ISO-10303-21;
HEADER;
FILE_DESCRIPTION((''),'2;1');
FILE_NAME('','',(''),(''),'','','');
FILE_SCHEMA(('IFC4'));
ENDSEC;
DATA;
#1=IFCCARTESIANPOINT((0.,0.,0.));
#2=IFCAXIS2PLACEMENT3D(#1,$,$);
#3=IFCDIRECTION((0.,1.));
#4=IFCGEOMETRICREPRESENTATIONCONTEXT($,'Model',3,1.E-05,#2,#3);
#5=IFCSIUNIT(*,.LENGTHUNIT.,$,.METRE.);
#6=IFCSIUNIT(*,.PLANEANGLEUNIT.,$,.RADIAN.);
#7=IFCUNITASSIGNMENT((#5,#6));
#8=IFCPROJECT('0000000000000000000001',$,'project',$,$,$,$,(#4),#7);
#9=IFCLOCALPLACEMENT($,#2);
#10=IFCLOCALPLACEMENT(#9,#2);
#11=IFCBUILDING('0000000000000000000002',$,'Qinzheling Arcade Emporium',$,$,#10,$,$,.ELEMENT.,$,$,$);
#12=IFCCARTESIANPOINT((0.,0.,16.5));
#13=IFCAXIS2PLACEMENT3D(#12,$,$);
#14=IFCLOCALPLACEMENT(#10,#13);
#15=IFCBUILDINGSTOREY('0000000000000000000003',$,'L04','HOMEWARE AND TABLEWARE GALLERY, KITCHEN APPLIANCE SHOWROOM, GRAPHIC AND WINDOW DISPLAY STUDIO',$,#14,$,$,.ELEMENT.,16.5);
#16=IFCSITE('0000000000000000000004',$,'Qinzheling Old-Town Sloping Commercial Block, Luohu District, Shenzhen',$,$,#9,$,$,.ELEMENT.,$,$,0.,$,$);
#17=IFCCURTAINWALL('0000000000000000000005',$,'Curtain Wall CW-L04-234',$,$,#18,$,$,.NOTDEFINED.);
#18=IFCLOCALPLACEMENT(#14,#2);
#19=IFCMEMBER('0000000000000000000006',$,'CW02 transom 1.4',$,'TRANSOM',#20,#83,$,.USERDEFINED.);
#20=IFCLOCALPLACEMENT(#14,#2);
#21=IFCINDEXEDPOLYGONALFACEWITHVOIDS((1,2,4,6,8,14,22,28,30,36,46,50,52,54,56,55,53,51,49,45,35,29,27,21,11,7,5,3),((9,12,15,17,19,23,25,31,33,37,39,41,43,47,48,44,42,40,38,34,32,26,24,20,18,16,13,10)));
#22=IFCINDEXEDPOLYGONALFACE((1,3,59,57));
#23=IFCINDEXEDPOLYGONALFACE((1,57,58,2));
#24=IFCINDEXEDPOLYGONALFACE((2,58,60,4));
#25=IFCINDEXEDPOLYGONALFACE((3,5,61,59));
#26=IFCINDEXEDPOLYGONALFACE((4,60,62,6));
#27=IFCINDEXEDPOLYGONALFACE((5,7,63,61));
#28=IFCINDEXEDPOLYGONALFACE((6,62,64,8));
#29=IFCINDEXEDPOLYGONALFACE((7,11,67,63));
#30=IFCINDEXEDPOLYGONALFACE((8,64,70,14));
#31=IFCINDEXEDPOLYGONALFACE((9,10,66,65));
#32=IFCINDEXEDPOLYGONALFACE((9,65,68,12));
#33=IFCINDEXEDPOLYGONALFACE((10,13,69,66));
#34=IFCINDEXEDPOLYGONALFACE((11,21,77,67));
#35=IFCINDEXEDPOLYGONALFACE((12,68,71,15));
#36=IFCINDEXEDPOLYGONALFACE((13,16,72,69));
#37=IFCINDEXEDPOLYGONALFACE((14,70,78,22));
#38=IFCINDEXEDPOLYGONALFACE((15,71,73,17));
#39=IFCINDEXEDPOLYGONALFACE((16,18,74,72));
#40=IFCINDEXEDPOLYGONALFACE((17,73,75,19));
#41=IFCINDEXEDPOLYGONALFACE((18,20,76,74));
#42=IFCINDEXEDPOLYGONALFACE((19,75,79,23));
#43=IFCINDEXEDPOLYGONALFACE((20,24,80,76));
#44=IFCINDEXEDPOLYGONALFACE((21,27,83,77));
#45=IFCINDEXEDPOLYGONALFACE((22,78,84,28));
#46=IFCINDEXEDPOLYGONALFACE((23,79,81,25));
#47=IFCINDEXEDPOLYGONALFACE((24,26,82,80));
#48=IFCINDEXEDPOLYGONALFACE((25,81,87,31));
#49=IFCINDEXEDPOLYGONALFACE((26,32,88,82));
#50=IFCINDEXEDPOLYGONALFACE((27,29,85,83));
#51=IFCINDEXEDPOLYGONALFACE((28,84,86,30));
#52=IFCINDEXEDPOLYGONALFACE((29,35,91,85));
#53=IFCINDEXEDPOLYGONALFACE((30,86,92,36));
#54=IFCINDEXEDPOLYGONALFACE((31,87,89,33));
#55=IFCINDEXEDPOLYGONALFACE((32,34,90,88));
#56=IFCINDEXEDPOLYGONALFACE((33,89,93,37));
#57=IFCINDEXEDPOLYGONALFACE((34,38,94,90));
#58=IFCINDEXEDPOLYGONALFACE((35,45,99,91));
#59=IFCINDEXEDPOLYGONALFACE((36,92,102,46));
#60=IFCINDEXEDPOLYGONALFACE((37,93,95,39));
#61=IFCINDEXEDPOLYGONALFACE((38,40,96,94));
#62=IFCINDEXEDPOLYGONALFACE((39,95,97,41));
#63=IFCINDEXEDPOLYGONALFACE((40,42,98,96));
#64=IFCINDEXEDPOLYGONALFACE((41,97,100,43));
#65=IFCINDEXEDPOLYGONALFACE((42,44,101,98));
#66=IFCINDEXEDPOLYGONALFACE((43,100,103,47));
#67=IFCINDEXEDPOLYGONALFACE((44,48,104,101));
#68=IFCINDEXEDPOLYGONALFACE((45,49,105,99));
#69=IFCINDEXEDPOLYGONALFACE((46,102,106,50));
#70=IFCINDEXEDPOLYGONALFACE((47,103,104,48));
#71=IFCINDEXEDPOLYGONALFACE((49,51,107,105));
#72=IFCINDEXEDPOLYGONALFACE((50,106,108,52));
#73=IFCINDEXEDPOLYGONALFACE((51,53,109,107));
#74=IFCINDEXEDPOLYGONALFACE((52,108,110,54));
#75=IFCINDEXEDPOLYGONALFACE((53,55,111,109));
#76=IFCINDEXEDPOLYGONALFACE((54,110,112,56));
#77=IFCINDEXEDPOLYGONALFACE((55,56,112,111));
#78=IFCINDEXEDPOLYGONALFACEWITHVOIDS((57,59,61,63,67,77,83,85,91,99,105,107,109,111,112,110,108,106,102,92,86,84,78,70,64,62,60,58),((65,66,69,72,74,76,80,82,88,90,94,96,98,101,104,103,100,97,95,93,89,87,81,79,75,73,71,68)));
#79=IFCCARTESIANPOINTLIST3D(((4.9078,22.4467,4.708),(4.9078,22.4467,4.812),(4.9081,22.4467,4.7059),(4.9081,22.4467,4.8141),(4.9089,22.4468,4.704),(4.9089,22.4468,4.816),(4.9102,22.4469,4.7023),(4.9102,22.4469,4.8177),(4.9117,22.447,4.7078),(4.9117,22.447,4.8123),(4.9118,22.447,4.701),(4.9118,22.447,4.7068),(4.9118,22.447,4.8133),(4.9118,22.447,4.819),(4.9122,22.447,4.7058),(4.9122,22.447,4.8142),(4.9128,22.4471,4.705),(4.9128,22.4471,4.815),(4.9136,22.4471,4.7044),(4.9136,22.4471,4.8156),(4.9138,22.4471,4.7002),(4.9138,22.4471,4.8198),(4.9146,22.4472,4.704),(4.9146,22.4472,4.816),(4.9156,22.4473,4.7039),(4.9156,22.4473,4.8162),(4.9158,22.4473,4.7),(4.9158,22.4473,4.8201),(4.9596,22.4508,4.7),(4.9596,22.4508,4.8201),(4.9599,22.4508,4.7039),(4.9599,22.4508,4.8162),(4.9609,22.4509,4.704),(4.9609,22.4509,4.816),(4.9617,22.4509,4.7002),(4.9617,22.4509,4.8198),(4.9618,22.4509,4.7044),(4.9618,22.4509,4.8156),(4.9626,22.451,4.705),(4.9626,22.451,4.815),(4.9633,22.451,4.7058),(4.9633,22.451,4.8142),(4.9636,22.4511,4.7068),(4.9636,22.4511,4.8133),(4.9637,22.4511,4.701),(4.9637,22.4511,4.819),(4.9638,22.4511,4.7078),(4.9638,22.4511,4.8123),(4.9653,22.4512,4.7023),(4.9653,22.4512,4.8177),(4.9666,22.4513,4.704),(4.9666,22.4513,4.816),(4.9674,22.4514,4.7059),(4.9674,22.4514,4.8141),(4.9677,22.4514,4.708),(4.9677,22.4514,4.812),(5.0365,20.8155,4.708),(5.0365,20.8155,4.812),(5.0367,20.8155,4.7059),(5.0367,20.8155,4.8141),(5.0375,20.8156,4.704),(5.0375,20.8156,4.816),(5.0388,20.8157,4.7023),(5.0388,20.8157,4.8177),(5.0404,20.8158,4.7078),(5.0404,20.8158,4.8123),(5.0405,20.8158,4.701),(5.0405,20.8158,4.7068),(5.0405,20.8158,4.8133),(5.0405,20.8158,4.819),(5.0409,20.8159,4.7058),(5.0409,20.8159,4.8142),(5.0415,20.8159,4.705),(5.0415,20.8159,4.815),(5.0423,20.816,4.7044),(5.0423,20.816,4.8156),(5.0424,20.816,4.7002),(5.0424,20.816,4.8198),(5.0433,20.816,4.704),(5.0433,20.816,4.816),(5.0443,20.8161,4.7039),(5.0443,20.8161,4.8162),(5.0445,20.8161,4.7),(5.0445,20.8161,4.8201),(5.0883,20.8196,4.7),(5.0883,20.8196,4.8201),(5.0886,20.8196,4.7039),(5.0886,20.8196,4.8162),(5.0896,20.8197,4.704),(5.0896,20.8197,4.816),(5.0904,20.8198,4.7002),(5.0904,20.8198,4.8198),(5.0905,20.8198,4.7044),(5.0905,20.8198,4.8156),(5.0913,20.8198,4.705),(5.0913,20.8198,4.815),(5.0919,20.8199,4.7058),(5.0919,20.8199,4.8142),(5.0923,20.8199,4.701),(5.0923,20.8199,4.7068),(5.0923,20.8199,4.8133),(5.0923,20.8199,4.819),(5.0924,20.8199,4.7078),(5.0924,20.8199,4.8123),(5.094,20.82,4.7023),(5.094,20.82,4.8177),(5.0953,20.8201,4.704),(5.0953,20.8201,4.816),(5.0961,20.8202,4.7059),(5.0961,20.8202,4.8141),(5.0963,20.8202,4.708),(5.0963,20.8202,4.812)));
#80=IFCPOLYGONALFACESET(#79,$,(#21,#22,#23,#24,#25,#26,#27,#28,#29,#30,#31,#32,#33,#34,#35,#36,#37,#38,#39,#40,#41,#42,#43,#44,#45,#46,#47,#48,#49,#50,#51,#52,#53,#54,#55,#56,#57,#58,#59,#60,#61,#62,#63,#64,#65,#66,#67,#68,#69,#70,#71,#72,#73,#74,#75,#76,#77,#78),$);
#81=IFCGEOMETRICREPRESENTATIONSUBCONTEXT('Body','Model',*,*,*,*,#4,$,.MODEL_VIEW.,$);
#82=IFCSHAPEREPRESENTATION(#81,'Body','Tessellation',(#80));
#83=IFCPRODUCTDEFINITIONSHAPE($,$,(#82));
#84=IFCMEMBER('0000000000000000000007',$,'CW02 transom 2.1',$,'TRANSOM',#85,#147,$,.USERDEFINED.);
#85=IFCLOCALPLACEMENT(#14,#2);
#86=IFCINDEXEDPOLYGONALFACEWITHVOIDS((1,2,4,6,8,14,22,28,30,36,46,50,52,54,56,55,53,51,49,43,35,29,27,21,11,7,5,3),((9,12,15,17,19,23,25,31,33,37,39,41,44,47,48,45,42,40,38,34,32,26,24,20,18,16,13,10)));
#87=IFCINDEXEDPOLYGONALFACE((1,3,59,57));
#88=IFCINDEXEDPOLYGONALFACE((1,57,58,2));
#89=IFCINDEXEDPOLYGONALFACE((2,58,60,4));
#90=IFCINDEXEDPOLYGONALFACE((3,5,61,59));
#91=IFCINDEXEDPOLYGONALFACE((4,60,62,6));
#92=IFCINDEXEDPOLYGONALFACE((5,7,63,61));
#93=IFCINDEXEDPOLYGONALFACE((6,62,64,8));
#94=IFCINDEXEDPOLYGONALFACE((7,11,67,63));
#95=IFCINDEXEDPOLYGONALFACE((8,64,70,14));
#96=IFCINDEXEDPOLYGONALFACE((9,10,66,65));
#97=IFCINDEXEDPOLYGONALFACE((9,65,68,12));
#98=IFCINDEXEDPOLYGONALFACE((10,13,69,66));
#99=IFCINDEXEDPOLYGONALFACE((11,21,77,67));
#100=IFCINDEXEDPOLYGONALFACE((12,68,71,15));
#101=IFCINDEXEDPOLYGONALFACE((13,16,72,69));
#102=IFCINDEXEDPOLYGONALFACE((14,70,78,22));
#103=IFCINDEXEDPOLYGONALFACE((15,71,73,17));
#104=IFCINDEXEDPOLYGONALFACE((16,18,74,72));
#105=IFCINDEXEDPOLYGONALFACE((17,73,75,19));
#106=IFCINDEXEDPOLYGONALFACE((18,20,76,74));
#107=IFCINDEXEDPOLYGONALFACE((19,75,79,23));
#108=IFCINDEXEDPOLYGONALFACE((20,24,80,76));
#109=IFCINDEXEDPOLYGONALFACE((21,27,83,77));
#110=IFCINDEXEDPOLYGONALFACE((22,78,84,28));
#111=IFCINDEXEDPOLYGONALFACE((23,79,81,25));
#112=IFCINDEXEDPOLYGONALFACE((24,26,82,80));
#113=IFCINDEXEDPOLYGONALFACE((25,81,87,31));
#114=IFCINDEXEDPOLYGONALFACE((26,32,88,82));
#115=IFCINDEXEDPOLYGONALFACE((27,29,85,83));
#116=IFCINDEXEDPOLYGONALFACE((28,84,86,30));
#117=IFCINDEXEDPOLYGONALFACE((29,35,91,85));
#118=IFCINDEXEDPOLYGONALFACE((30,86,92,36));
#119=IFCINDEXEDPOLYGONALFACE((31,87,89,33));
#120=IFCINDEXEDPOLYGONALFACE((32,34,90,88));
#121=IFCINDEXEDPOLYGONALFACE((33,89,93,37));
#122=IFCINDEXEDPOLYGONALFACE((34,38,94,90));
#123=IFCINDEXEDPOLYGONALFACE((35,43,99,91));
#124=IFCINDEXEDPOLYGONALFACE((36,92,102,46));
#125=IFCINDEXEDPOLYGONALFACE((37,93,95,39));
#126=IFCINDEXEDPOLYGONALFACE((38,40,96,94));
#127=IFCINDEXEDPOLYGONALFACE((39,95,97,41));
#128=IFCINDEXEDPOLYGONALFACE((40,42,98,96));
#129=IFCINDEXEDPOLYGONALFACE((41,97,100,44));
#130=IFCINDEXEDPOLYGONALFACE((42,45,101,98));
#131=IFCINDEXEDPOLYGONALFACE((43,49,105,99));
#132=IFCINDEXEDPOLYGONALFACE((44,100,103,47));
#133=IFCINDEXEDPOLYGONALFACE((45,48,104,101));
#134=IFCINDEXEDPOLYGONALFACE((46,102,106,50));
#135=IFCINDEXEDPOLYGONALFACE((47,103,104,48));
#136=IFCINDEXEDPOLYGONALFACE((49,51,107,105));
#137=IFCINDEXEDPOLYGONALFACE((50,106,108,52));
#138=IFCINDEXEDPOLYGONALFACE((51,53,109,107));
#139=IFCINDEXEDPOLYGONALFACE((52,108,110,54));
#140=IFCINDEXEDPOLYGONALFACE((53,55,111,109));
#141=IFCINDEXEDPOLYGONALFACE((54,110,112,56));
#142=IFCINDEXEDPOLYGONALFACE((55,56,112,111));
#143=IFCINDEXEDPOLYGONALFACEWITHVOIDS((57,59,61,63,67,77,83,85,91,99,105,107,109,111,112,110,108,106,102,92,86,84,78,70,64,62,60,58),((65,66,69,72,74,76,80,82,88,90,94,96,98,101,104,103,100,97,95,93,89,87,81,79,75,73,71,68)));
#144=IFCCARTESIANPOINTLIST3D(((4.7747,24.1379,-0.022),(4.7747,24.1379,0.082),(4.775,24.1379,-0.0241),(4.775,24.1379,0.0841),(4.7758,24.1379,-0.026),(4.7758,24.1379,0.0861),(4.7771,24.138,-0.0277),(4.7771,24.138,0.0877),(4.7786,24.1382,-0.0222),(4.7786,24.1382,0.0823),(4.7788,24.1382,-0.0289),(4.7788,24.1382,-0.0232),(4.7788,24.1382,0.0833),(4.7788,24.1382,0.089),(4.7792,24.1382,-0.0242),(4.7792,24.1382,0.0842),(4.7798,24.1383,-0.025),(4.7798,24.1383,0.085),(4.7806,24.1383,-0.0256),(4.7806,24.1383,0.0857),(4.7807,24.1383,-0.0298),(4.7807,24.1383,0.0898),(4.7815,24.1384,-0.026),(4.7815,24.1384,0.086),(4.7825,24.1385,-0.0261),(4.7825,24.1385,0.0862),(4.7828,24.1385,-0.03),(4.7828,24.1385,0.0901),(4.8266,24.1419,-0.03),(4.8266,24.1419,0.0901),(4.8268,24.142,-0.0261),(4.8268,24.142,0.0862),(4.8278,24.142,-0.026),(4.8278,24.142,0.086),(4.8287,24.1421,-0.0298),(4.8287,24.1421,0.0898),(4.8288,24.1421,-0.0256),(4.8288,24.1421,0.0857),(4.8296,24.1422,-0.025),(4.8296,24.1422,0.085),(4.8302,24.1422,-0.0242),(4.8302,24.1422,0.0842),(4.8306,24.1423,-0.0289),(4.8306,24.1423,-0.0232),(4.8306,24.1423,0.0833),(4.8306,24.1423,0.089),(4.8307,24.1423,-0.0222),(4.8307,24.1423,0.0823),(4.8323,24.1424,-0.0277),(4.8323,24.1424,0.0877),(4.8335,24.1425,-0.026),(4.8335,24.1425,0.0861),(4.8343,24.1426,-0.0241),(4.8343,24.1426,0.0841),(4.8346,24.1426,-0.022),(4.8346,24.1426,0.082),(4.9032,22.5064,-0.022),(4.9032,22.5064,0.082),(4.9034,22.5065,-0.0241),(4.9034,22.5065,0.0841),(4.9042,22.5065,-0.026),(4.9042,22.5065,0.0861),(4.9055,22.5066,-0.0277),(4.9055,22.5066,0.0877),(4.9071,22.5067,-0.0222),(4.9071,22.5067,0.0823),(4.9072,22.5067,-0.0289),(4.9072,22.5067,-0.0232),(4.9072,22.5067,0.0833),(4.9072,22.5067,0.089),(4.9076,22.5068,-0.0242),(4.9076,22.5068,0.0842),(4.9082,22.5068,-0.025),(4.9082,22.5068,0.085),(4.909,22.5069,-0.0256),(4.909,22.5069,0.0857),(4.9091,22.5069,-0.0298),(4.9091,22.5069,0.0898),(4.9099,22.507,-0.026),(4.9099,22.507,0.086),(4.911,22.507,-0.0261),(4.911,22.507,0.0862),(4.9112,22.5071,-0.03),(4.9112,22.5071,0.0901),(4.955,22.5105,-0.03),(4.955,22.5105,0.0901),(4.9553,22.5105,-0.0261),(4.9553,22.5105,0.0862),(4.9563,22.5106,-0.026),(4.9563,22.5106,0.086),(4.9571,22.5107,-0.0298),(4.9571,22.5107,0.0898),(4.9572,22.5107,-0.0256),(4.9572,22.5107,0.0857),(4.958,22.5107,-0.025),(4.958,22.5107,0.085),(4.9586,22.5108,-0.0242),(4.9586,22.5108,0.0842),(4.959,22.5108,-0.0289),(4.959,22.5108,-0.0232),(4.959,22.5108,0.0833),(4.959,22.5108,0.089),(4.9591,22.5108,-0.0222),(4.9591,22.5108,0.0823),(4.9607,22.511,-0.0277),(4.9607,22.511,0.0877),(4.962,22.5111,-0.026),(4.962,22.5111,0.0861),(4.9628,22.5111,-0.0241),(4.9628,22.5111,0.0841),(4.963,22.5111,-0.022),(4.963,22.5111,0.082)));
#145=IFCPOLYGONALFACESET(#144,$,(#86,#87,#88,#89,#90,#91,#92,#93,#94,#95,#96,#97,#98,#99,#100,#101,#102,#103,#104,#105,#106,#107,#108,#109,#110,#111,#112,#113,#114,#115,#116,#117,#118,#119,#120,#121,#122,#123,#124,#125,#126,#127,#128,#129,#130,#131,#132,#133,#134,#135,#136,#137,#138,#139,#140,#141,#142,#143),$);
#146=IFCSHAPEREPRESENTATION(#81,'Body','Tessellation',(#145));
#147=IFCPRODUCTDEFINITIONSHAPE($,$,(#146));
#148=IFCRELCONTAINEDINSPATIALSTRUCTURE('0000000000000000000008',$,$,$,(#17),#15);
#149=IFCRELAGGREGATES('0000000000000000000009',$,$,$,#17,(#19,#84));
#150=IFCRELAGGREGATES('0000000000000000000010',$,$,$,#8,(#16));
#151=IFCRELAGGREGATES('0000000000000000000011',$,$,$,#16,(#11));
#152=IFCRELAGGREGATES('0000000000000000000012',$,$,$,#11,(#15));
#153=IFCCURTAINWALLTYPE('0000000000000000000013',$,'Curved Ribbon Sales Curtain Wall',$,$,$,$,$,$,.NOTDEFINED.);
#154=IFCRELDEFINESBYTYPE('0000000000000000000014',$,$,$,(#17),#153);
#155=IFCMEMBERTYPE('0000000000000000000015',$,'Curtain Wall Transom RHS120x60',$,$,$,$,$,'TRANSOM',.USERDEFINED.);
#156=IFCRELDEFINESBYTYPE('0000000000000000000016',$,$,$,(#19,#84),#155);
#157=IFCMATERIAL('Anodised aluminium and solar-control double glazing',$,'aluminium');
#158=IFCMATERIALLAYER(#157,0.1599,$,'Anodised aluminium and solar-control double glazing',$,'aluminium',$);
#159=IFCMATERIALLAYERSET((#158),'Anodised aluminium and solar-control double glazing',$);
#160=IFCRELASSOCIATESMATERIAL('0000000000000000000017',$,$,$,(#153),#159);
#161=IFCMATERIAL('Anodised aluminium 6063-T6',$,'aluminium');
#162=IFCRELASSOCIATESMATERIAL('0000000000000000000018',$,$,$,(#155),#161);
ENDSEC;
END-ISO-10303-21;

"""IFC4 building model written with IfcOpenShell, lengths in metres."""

from ifc_helpers import new_model, si_unit, direction, frame, origin, origin_2d, place, context, subcontext, project, spatial, hollow_rectangle, extrude, material, layer, layer_set, material_profile, profile_set, type_object, element, aggregate, save


model = new_model("IFC4")

# Units and contexts
model_context = context("Model", 3, precision=1e-05, world=origin(), true_north=direction((0.0, 1.0)))
body_context = subcontext(model_context, "Body", "Model", "MODEL_VIEW")
ifc_project = project(units=[si_unit("LENGTHUNIT", "METRE"), si_unit("PLANEANGLEUNIT", "RADIAN")], contexts=[model_context])

# Site, building, storey
site_placement = place(None, origin())
site = spatial("IfcSite", under=ifc_project, at=site_placement, Name="Qinzheling Old-Town Sloping Commercial Block, Luohu District, Shenzhen", CompositionType="ELEMENT", RefElevation=0.0)
building_placement = place(site_placement, origin())
building = spatial("IfcBuilding", under=site, at=building_placement, Name="Qinzheling Arcade Emporium", CompositionType="ELEMENT")
storey_placement = place(building_placement, frame((0.0, 0.0, 16.5)))
storey = spatial("IfcBuildingStorey", under=building, at=storey_placement, Name="L04", Description="HOMEWARE AND TABLEWARE GALLERY, KITCHEN APPLIANCE SHOWROOM, GRAPHIC AND WINDOW DISPLAY STUDIO", CompositionType="ELEMENT", Elevation=16.5)

# Curtain wall
ifc_material_1 = material(Name="Anodised aluminium and solar-control double glazing", Category="aluminium")
ifc_layer_1 = layer(ifc_material_1, 0.1599, Name="Anodised aluminium and solar-control double glazing", Category="aluminium")
ifc_layer_set_1 = layer_set([ifc_layer_1], Name="Anodised aluminium and solar-control double glazing")
curtain_wall_type_1 = type_object("IfcCurtainWallType", Name="Curved Ribbon Sales Curtain Wall", PredefinedType="NOTDEFINED", material=ifc_layer_set_1)
ifc_material_2 = material(Name="Anodised aluminium 6063-T6", Category="aluminium")
curtain_wall_1_placement = place(storey_placement, origin())
curtain_wall_1 = element("IfcCurtainWall", 1, at=curtain_wall_1_placement, inside=storey, type_object=curtain_wall_type_1, Name="Curtain Wall CW-L04-234", PredefinedType="NOTDEFINED")

# Members
ifc_material_profile_1 = material_profile(ifc_material_2, hollow_rectangle(XDim=0.0601, YDim=0.1201, WallThickness=0.0039, InnerFilletRadius=0.0039, OuterFilletRadius=0.0081, at=origin_2d()), Name="RHS 120x60x4", Category="aluminium")
ifc_profile_set_1 = profile_set([ifc_material_profile_1], Name="Anodised aluminium 6063-T6")
member_type_1 = type_object("IfcMemberType", Name="Curtain Wall Transom RHS120x60", ElementType="TRANSOM", PredefinedType="USERDEFINED", material=ifc_profile_set_1)
member_1_placement = place(storey_placement, frame((5.0664, 20.8179, 4.76), z_axis=(-0.078636, 0.996903, 0.0), x_axis=(-0.996903, -0.078636, 0.0)))
member_1 = element("IfcMember", 2, at=member_1_placement, type_object=member_type_1, Name="CW02 transom 1.4", ObjectType="TRANSOM", PredefinedType="USERDEFINED", context=body_context, shape_type="SweptSolid", body=[
    extrude(hollow_rectangle(XDim=0.0601, YDim=0.1201, WallThickness=0.0039, InnerFilletRadius=0.0039, OuterFilletRadius=0.0081, at=origin_2d()), origin(), (0.0, 0.0, 1.0), 1.6362),
])
member_2_placement = place(storey_placement, frame((4.9331, 22.5088, 0.03), z_axis=(-0.078476, 0.996916, 0.0), x_axis=(-0.996916, -0.078476, 0.0)))
member_2 = element("IfcMember", 3, at=member_2_placement, type_object=member_type_1, Name="CW02 transom 2.1", ObjectType="TRANSOM", PredefinedType="USERDEFINED", context=body_context, shape_type="SweptSolid", body=[
    extrude(hollow_rectangle(XDim=0.0601, YDim=0.1201, WallThickness=0.0039, InnerFilletRadius=0.0039, OuterFilletRadius=0.0081, at=origin_2d()), origin(), (0.0, 0.0, 1.0), 1.6365),
])

aggregate(curtain_wall_1, [member_1, member_2])

save(model, "model.ifc")
